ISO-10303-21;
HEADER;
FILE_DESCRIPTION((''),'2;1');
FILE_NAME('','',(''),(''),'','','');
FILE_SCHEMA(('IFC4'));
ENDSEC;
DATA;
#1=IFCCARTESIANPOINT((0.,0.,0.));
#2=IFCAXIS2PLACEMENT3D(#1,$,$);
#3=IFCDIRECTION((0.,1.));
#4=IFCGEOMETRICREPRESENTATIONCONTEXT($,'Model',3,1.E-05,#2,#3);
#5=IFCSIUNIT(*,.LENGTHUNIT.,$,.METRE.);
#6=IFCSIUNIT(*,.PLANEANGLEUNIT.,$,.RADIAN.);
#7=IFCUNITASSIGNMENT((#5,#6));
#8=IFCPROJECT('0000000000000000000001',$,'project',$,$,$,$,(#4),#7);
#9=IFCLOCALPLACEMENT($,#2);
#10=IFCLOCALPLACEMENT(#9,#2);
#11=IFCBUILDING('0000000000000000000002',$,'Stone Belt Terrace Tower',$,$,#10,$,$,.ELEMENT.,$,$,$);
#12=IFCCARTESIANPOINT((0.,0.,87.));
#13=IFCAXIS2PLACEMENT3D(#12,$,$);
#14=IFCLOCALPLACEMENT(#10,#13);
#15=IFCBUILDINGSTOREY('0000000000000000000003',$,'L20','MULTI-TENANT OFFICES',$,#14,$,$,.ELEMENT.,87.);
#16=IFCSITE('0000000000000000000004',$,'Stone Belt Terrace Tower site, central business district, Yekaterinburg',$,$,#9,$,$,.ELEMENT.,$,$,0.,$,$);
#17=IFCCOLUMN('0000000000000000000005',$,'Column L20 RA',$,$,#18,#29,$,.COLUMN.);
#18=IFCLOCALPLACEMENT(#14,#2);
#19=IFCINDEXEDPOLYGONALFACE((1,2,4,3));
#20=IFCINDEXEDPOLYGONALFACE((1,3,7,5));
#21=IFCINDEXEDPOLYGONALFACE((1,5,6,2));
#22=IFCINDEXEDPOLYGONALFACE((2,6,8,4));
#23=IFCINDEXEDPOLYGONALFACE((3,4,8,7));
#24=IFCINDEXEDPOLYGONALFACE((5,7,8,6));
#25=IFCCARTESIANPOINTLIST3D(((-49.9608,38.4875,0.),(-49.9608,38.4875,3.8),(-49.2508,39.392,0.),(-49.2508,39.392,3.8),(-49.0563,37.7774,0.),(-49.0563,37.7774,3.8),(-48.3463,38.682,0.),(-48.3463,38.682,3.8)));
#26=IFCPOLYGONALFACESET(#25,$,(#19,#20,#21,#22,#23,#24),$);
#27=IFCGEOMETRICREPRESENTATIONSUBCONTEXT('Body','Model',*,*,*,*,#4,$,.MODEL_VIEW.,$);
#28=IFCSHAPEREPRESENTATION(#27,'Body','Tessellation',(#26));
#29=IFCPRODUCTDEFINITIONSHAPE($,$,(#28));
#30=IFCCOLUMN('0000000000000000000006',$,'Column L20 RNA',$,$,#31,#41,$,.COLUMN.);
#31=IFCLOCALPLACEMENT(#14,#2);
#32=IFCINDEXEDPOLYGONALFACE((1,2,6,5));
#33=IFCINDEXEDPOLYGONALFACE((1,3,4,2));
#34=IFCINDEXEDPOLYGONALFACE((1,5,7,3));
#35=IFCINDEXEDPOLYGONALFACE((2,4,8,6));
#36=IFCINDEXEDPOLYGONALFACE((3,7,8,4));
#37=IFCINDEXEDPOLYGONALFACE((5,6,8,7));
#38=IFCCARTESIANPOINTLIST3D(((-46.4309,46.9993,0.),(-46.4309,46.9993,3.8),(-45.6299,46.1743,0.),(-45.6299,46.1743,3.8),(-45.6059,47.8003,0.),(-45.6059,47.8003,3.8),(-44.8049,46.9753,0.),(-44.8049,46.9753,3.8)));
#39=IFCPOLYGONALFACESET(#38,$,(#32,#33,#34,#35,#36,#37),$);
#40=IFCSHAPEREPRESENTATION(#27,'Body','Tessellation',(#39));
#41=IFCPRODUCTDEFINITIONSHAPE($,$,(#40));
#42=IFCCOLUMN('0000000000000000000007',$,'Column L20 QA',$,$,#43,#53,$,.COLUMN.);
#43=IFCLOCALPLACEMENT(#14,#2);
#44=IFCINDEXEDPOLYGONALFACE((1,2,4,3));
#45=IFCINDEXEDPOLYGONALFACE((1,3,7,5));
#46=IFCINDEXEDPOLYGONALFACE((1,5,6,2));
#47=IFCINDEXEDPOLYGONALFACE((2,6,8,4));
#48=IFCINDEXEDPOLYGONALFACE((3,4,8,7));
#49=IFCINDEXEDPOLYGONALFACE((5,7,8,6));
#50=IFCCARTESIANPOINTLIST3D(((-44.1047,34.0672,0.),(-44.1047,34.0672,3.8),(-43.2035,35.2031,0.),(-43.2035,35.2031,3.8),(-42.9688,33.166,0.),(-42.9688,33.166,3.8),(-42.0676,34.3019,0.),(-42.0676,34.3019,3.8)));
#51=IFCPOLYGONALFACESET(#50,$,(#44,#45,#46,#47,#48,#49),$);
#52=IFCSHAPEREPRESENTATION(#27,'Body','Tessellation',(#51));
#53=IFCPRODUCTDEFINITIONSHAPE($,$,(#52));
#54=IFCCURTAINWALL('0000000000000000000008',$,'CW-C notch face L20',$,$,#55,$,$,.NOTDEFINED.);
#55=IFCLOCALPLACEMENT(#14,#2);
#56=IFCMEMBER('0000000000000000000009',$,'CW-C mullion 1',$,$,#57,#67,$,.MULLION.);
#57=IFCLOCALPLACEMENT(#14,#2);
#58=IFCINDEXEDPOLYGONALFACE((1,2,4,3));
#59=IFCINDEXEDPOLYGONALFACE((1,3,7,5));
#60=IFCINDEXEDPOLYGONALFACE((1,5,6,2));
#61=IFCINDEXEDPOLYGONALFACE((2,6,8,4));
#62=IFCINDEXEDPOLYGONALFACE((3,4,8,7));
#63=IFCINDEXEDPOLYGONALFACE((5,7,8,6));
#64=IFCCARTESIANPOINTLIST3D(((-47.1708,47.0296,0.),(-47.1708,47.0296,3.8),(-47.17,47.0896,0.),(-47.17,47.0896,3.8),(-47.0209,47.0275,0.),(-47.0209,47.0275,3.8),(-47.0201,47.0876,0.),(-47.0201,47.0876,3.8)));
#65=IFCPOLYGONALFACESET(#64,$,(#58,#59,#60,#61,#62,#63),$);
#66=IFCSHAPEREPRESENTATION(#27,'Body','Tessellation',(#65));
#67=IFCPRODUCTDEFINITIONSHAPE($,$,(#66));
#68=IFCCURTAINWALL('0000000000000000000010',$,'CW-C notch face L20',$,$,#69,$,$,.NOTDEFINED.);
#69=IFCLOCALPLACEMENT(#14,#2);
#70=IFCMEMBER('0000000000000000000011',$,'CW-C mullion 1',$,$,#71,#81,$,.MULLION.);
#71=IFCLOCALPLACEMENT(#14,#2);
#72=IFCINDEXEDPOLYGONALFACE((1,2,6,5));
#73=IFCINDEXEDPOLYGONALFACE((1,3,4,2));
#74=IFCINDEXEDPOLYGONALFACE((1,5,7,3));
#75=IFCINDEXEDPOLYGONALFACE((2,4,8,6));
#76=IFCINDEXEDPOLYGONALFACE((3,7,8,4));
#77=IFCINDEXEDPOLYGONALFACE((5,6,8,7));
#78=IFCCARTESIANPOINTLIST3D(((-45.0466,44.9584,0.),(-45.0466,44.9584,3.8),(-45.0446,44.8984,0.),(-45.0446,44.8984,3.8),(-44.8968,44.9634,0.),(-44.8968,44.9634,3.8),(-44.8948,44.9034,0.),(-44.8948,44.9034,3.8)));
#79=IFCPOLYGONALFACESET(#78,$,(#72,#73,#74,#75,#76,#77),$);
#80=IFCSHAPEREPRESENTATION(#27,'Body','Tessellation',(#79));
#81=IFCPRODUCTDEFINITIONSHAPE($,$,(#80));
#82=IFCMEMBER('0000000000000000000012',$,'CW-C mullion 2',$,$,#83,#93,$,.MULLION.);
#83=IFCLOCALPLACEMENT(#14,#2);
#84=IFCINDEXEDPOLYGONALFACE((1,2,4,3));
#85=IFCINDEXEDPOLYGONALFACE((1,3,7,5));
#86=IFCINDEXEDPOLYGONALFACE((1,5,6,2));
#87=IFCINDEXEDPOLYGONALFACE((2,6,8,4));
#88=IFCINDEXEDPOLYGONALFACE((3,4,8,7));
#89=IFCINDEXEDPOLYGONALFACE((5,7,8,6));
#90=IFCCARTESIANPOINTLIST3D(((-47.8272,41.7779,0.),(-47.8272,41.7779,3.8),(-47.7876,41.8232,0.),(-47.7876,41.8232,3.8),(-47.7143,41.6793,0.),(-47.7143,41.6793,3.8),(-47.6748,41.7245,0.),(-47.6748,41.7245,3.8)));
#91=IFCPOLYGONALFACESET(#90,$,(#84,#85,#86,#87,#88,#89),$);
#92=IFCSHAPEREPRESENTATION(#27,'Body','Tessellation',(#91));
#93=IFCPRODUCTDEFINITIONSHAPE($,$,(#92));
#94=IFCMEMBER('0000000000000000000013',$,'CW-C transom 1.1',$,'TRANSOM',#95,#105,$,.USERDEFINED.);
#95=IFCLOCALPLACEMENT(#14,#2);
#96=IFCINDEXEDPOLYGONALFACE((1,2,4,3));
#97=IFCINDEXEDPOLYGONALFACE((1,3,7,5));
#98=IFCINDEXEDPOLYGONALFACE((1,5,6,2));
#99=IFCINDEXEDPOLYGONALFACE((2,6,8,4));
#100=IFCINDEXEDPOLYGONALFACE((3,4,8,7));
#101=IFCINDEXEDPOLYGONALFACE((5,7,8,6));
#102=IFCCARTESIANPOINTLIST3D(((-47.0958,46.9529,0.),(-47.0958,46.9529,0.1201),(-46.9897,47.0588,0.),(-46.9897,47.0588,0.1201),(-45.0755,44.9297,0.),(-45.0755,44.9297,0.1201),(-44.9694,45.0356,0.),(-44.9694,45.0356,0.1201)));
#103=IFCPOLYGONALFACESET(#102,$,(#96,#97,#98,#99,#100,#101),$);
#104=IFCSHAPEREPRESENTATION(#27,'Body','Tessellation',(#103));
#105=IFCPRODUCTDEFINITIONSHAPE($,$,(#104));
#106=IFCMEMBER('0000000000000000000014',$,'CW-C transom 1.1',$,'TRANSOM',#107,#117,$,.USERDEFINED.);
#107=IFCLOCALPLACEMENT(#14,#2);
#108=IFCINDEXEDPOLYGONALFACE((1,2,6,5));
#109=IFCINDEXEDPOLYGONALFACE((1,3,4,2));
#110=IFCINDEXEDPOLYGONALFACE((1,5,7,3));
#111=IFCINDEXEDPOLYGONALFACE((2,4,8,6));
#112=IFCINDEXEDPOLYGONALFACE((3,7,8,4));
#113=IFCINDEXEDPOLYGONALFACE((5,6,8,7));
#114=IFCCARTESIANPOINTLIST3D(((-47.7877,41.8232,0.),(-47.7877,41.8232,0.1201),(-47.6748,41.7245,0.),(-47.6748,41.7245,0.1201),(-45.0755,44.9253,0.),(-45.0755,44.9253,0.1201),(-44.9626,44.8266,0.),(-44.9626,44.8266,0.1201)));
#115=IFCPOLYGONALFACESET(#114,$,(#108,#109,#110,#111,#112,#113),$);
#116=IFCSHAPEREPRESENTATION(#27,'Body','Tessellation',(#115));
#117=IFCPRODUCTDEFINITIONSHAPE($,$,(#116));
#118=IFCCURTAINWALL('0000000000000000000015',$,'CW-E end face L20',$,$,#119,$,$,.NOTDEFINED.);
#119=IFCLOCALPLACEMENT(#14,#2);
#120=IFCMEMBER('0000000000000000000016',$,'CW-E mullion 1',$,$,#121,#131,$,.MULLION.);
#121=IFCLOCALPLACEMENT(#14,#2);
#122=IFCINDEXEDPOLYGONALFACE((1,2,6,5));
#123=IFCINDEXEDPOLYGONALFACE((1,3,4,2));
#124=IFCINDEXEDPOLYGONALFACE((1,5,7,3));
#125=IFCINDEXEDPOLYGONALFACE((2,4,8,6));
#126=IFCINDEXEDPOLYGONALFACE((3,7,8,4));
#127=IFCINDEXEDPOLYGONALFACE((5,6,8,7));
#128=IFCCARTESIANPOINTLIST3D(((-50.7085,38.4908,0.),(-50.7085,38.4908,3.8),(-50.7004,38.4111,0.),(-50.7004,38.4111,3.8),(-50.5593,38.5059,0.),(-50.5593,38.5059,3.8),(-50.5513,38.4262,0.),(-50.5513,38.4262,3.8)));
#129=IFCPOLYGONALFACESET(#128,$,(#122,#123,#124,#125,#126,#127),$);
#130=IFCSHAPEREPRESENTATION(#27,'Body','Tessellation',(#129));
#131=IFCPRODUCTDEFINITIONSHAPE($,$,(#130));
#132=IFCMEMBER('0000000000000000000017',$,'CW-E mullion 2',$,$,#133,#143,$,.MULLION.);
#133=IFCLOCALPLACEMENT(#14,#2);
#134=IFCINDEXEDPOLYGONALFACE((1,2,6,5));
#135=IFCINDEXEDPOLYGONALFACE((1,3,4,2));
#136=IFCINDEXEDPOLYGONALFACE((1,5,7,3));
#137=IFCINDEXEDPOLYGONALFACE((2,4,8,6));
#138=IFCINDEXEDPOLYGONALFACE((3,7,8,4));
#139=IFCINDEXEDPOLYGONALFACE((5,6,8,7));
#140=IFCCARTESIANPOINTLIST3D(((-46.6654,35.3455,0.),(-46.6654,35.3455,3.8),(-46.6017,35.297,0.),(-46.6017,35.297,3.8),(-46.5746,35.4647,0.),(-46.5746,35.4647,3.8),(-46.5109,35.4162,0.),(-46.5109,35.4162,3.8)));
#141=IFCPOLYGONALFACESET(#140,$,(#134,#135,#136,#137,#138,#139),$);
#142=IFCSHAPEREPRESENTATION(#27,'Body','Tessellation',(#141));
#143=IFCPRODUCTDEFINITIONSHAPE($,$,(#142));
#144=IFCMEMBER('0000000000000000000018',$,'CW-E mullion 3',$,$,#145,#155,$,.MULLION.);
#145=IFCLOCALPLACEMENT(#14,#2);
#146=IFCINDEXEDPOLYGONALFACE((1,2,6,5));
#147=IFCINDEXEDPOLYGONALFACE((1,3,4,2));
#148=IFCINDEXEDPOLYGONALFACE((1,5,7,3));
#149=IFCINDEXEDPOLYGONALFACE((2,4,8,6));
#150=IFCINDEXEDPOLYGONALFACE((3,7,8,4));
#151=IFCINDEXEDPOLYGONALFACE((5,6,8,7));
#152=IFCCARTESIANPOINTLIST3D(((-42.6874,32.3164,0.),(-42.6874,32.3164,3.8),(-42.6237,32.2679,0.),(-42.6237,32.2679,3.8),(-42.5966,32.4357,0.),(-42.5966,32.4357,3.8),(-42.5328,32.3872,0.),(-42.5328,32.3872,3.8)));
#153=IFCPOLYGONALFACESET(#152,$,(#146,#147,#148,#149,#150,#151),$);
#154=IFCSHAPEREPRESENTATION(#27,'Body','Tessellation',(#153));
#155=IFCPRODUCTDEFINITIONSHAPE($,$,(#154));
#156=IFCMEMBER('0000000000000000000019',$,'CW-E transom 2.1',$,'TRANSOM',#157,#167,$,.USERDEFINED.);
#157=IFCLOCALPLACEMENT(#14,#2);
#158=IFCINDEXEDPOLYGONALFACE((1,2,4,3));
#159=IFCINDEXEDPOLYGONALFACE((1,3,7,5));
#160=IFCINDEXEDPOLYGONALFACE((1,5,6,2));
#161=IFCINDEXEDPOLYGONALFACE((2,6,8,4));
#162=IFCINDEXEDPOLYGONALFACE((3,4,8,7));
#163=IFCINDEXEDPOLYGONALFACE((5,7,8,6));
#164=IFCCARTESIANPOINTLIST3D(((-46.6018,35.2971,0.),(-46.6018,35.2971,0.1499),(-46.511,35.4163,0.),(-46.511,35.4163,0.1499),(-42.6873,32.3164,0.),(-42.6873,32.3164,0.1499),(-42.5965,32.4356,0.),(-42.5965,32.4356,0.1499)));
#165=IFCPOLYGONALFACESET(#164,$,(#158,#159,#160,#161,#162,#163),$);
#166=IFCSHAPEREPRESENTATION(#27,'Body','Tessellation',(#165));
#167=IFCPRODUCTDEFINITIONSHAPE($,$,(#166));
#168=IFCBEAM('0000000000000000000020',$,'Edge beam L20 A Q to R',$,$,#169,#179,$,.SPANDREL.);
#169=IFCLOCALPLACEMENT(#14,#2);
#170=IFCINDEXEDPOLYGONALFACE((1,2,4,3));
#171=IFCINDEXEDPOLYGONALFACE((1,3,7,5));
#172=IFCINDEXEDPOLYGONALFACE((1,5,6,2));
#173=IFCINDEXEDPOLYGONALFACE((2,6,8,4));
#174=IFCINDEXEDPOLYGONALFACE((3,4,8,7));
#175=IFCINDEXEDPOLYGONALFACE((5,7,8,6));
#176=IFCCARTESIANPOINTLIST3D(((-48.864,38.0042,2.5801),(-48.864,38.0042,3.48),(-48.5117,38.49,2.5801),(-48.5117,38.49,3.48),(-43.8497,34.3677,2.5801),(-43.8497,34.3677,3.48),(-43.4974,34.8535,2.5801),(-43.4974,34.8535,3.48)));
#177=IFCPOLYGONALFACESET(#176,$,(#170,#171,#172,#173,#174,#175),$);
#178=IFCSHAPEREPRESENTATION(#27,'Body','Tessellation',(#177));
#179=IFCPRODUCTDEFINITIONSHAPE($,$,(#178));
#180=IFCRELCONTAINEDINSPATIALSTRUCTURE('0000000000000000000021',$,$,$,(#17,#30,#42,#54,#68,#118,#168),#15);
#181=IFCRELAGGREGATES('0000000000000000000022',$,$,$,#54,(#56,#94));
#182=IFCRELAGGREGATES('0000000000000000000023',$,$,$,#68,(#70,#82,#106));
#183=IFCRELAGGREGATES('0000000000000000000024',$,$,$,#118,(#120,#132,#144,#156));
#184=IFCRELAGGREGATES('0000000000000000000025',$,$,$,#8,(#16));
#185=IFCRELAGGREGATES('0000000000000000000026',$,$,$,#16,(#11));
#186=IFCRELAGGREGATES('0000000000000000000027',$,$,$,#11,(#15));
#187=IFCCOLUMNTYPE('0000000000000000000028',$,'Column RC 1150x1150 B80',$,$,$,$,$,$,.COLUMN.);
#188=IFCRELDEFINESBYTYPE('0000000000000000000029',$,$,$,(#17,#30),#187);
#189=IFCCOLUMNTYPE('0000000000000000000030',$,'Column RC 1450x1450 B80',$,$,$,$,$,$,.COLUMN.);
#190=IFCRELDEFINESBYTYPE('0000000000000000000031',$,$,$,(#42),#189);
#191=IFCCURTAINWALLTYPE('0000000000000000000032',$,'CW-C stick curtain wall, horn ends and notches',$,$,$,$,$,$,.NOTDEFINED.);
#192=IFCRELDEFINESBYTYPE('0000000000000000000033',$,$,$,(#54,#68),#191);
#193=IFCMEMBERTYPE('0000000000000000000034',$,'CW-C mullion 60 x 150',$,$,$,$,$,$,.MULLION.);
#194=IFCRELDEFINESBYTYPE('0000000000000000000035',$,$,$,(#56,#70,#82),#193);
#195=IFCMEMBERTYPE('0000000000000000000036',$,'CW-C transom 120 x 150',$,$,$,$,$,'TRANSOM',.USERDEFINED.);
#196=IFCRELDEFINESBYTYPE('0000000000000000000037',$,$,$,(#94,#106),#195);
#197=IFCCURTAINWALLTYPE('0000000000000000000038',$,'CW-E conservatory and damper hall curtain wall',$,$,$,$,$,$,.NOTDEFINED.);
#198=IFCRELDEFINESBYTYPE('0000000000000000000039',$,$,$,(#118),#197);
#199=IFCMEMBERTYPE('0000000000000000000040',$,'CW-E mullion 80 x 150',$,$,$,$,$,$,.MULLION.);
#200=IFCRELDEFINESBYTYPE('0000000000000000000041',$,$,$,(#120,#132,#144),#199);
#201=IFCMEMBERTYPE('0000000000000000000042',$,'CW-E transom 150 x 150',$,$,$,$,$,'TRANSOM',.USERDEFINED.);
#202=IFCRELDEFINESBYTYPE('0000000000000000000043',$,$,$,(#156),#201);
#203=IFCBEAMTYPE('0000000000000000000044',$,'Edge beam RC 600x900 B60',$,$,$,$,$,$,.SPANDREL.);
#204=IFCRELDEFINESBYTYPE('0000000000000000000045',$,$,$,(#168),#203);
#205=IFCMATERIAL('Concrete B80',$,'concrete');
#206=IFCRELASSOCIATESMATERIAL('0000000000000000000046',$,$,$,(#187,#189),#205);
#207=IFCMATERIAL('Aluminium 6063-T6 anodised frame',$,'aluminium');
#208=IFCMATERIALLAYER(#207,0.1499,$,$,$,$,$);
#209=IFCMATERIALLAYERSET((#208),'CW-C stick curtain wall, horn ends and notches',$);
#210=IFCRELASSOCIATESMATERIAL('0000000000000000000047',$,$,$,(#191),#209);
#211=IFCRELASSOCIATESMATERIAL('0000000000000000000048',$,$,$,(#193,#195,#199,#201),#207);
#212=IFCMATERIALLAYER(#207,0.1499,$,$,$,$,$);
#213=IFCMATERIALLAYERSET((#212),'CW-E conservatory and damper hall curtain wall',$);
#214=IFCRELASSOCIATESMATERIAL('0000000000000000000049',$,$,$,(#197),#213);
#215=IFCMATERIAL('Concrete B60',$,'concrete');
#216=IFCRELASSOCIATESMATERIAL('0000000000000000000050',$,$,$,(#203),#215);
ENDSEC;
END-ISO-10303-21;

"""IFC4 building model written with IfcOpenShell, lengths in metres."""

from ifc_helpers import new_model, si_unit, direction, frame, origin, origin_2d, place, context, subcontext, project, spatial, rectangle, extrude, material, layer, layer_set, material_profile, profile_set, type_object, element, aggregate, save


model = new_model("IFC4")

# Units and contexts
model_context = context("Model", 3, precision=1e-05, world=origin(), true_north=direction((0.0, 1.0)))
body_context = subcontext(model_context, "Body", "Model", "MODEL_VIEW")
ifc_project = project(units=[si_unit("LENGTHUNIT", "METRE"), si_unit("PLANEANGLEUNIT", "RADIAN")], contexts=[model_context])

# Site, building, storey
site_placement = place(None, origin())
site = spatial("IfcSite", under=ifc_project, at=site_placement, Name="Stone Belt Terrace Tower site, central business district, Yekaterinburg", CompositionType="ELEMENT", RefElevation=0.0)
building_placement = place(site_placement, origin())
building = spatial("IfcBuilding", under=site, at=building_placement, Name="Stone Belt Terrace Tower", CompositionType="ELEMENT")
storey_placement = place(building_placement, frame((0.0, 0.0, 87.0)))
storey = spatial("IfcBuildingStorey", under=building, at=storey_placement, Name="L20", Description="MULTI-TENANT OFFICES", CompositionType="ELEMENT", Elevation=87.0)

# Columns
ifc_material_1 = material(Name="Concrete B80", Category="concrete")
ifc_material_profile_1 = material_profile(ifc_material_1, rectangle(XDim=1.1499, YDim=1.1499, at=origin_2d()), Name="RC 1150x1150")
ifc_profile_set_1 = profile_set([ifc_material_profile_1], Name="Concrete B80")
column_type_1 = type_object("IfcColumnType", Name="Column RC 1150x1150 B80", PredefinedType="COLUMN", material=ifc_profile_set_1)
for number, where, z_axis, x_axis, name in (
    (1, (-49.1536, 38.5847, 0.0), (0.0, 0.0, 1.0), (0.617467, 0.786597, 0.0), "Column L20 RA"),
    (2, (-45.6179, 46.9873, 0.0), (0.0, 0.0, 1.0), (0.717483, 0.696576, 0.0), "Column L20 RNA"),
):
    element("IfcColumn", number, at=place(storey_placement, frame(where, z_axis=z_axis, x_axis=x_axis)), inside=storey, type_object=column_type_1, Name=name, PredefinedType="COLUMN", context=body_context, shape_type="SweptSolid", body=[
        extrude(rectangle(XDim=1.1499, YDim=1.1499, at=origin_2d()), origin(), (0.0, 0.0, 1.0), 3.8),
    ])
ifc_material_profile_2 = material_profile(ifc_material_1, rectangle(XDim=1.45, YDim=1.45, at=origin_2d()), Name="RC 1450x1450")
ifc_profile_set_2 = profile_set([ifc_material_profile_2], Name="Concrete B80")
column_type_2 = type_object("IfcColumnType", Name="Column RC 1450x1450 B80", PredefinedType="COLUMN", material=ifc_profile_set_2)
column_placement = place(storey_placement, frame((-43.0862, 34.1846, 0.0), z_axis=(0.0, 0.0, 1.0), x_axis=(0.621539, 0.783383, 0.0)))
element("IfcColumn", 3, at=column_placement, inside=storey, type_object=column_type_2, Name="Column L20 QA", PredefinedType="COLUMN", context=body_context, shape_type="SweptSolid", body=[
    extrude(rectangle(XDim=1.45, YDim=1.45, at=origin_2d()), origin(), (0.0, 0.0, 1.0), 3.8),
])

# Curtain wall, member
ifc_material_2 = material(Name="Aluminium 6063-T6 anodised frame", Category="aluminium")
ifc_layer_1 = layer(ifc_material_2, 0.1499)
ifc_layer_set_1 = layer_set([ifc_layer_1], Name="CW-C stick curtain wall, horn ends and notches")
curtain_wall_type_1 = type_object("IfcCurtainWallType", Name="CW-C stick curtain wall, horn ends and notches", PredefinedType="NOTDEFINED", material=ifc_layer_set_1)
curtain_wall_1_placement = place(storey_placement, origin())
curtain_wall_1 = element("IfcCurtainWall", 4, at=curtain_wall_1_placement, inside=storey, type_object=curtain_wall_type_1, Name="CW-C notch face L20", PredefinedType="NOTDEFINED")
ifc_material_profile_3 = material_profile(ifc_material_2, rectangle(XDim=0.1499, YDim=0.0601, at=origin_2d()), Name="Aluminium 6063-T6 60x150")
ifc_profile_set_3 = profile_set([ifc_material_profile_3], Name="Aluminium 6063-T6 anodised frame")
member_type_1 = type_object("IfcMemberType", Name="CW-C mullion 60 x 150", PredefinedType="MULLION", material=ifc_profile_set_3)
member_1_placement = place(storey_placement, frame((-47.0955, 47.0586, 0.0), z_axis=(0.0, 0.0, 1.0), x_axis=(0.999907, -0.013642, 0.0)))
member_1 = element("IfcMember", 5, at=member_1_placement, type_object=member_type_1, Name="CW-C mullion 1", PredefinedType="MULLION", context=body_context, shape_type="SweptSolid", body=[
    extrude(rectangle(XDim=0.1499, YDim=0.0601, at=origin_2d()), origin(), (0.0, 0.0, 1.0), 3.8),
])

# Curtain wall, members
curtain_wall_2_placement = place(storey_placement, origin())
curtain_wall_2 = element("IfcCurtainWall", 6, at=curtain_wall_2_placement, inside=storey, type_object=curtain_wall_type_1, Name="CW-C notch face L20", PredefinedType="NOTDEFINED")
member_2_placement = place(storey_placement, frame((-44.9707, 44.9309, 0.0), z_axis=(0.0, 0.0, 1.0), x_axis=(0.999452, 0.033092, 0.0)))
member_2 = element("IfcMember", 7, at=member_2_placement, type_object=member_type_1, Name="CW-C mullion 1", PredefinedType="MULLION", context=body_context, shape_type="SweptSolid", body=[
    extrude(rectangle(XDim=0.1499, YDim=0.0601, at=origin_2d()), origin(), (0.0, 0.0, 1.0), 3.8),
])
member_3_placement = place(storey_placement, frame((-47.751, 41.7512, 0.0), z_axis=(0.0, 0.0, 1.0), x_axis=(0.752817, -0.65823, 0.0)))
member_3 = element("IfcMember", 8, at=member_3_placement, type_object=member_type_1, Name="CW-C mullion 2", PredefinedType="MULLION", context=body_context, shape_type="SweptSolid", body=[
    extrude(rectangle(XDim=0.1499, YDim=0.0601, at=origin_2d()), origin(), (0.0, 0.0, 1.0), 3.8),
])

# Members
ifc_material_profile_4 = material_profile(ifc_material_2, rectangle(XDim=0.1499, YDim=0.1201, at=origin_2d()), Name="Aluminium 6063-T6 150x120")
ifc_profile_set_4 = profile_set([ifc_material_profile_4], Name="Aluminium 6063-T6 anodised frame")
member_type_2 = type_object("IfcMemberType", Name="CW-C transom 120 x 150", ElementType="TRANSOM", PredefinedType="USERDEFINED", material=ifc_profile_set_4)
member_4_placement = place(storey_placement, frame((-47.0427, 47.0059, 0.0601), z_axis=(0.706594, -0.707619, 0.0), x_axis=(0.707619, 0.706594, 0.0)))
member_4 = element("IfcMember", 9, at=member_4_placement, type_object=member_type_2, Name="CW-C transom 1.1", ObjectType="TRANSOM", PredefinedType="USERDEFINED", context=body_context, shape_type="SweptSolid", body=[
    extrude(rectangle(XDim=0.1499, YDim=0.1201, at=origin_2d()), origin(), (0.0, 0.0, 1.0), 2.8591),
])
member_5_placement = place(storey_placement, frame((-45.019, 44.876, 0.0601), z_axis=(-0.658211, -0.752834, 0.0), x_axis=(0.752834, -0.658211, 0.0)))
member_5 = element("IfcMember", 10, at=member_5_placement, type_object=member_type_2, Name="CW-C transom 1.1", ObjectType="TRANSOM", PredefinedType="USERDEFINED", context=body_context, shape_type="SweptSolid", body=[
    extrude(rectangle(XDim=0.1499, YDim=0.1201, at=origin_2d()), origin(), (0.0, 0.0, 1.0), 4.1206),
])

# Curtain wall, members
ifc_layer_2 = layer(ifc_material_2, 0.1499)
ifc_layer_set_2 = layer_set([ifc_layer_2], Name="CW-E conservatory and damper hall curtain wall")
curtain_wall_type_2 = type_object("IfcCurtainWallType", Name="CW-E conservatory and damper hall curtain wall", PredefinedType="NOTDEFINED", material=ifc_layer_set_2)
curtain_wall_3_placement = place(storey_placement, origin())
curtain_wall_3 = element("IfcCurtainWall", 11, at=curtain_wall_3_placement, inside=storey, type_object=curtain_wall_type_2, Name="CW-E end face L20", PredefinedType="NOTDEFINED")
ifc_material_profile_5 = material_profile(ifc_material_2, rectangle(XDim=0.1499, YDim=0.0801, at=origin_2d()), Name="Aluminium 6063-T6 80x150")
ifc_profile_set_5 = profile_set([ifc_material_profile_5], Name="Aluminium 6063-T6 anodised frame")
member_type_3 = type_object("IfcMemberType", Name="CW-E mullion 80 x 150", PredefinedType="MULLION", material=ifc_profile_set_5)
member_6_placement = place(storey_placement, frame((-50.6299, 38.4585, 0.0), z_axis=(0.0, 0.0, 1.0), x_axis=(0.994927, 0.100597, 0.0)))
member_6 = element("IfcMember", 12, at=member_6_placement, type_object=member_type_3, Name="CW-E mullion 1", PredefinedType="MULLION", context=body_context, shape_type="SweptSolid", body=[
    extrude(rectangle(XDim=0.1499, YDim=0.0801, at=origin_2d()), origin(), (0.0, 0.0, 1.0), 3.8),
])
member_7_placement = place(storey_placement, frame((-46.5881, 35.3809, 0.0), z_axis=(0.0, 0.0, 1.0), x_axis=(0.60582, 0.795602, 0.0)))
member_7 = element("IfcMember", 13, at=member_7_placement, type_object=member_type_3, Name="CW-E mullion 2", PredefinedType="MULLION", context=body_context, shape_type="SweptSolid", body=[
    extrude(rectangle(XDim=0.1499, YDim=0.0801, at=origin_2d()), origin(), (0.0, 0.0, 1.0), 3.8),
])
member_8_placement = place(storey_placement, frame((-42.6101, 32.3518, 0.0), z_axis=(0.0, 0.0, 1.0), x_axis=(0.60582, 0.795602, 0.0)))
member_8 = element("IfcMember", 14, at=member_8_placement, type_object=member_type_3, Name="CW-E mullion 3", PredefinedType="MULLION", context=body_context, shape_type="SweptSolid", body=[
    extrude(rectangle(XDim=0.1499, YDim=0.0801, at=origin_2d()), origin(), (0.0, 0.0, 1.0), 3.8),
])
ifc_material_profile_6 = material_profile(ifc_material_2, rectangle(XDim=0.1499, YDim=0.1499, at=origin_2d()), Name="Aluminium 6063-T6 150x150")
ifc_profile_set_6 = profile_set([ifc_material_profile_6], Name="Aluminium 6063-T6 anodised frame")
member_type_4 = type_object("IfcMemberType", Name="CW-E transom 150 x 150", ElementType="TRANSOM", PredefinedType="USERDEFINED", material=ifc_profile_set_6)
member_9_placement = place(storey_placement, frame((-46.5564, 35.3567, 0.075), z_axis=(0.795608, -0.605811, 0.0), x_axis=(0.605811, 0.795608, 0.0)))
member_9 = element("IfcMember", 15, at=member_9_placement, type_object=member_type_4, Name="CW-E transom 2.1", ObjectType="TRANSOM", PredefinedType="USERDEFINED", context=body_context, shape_type="SweptSolid", body=[
    extrude(rectangle(XDim=0.1499, YDim=0.1499, at=origin_2d()), origin(), (0.0, 0.0, 1.0), 4.9202),
])

# Beam
ifc_material_3 = material(Name="Concrete B60", Category="concrete")
ifc_material_profile_7 = material_profile(ifc_material_3, rectangle(XDim=0.6001, YDim=0.8999, at=origin_2d()), Name="RC 600x900")
ifc_profile_set_7 = profile_set([ifc_material_profile_7], Name="Concrete B60")
beam_type = type_object("IfcBeamType", Name="Edge beam RC 600x900 B60", PredefinedType="SPANDREL", material=ifc_profile_set_7)
beam_placement = place(storey_placement, frame((-43.6736, 34.6106, 3.03), z_axis=(-0.809518, 0.587095, 0.0), x_axis=(-0.587095, -0.809518, 0.0)))
element("IfcBeam", 16, at=beam_placement, inside=storey, type_object=beam_type, Name="Edge beam L20 A Q to R", PredefinedType="SPANDREL", context=body_context, shape_type="SweptSolid", body=[
    extrude(rectangle(XDim=0.6001, YDim=0.8999, at=origin_2d()), origin(), (0.0, 0.0, 1.0), 6.1941),
])

aggregate(curtain_wall_1, [member_1, member_4])
aggregate(curtain_wall_2, [member_2, member_3, member_5])
aggregate(curtain_wall_3, [member_6, member_7, member_8, member_9])

save(model, "model.ifc")
